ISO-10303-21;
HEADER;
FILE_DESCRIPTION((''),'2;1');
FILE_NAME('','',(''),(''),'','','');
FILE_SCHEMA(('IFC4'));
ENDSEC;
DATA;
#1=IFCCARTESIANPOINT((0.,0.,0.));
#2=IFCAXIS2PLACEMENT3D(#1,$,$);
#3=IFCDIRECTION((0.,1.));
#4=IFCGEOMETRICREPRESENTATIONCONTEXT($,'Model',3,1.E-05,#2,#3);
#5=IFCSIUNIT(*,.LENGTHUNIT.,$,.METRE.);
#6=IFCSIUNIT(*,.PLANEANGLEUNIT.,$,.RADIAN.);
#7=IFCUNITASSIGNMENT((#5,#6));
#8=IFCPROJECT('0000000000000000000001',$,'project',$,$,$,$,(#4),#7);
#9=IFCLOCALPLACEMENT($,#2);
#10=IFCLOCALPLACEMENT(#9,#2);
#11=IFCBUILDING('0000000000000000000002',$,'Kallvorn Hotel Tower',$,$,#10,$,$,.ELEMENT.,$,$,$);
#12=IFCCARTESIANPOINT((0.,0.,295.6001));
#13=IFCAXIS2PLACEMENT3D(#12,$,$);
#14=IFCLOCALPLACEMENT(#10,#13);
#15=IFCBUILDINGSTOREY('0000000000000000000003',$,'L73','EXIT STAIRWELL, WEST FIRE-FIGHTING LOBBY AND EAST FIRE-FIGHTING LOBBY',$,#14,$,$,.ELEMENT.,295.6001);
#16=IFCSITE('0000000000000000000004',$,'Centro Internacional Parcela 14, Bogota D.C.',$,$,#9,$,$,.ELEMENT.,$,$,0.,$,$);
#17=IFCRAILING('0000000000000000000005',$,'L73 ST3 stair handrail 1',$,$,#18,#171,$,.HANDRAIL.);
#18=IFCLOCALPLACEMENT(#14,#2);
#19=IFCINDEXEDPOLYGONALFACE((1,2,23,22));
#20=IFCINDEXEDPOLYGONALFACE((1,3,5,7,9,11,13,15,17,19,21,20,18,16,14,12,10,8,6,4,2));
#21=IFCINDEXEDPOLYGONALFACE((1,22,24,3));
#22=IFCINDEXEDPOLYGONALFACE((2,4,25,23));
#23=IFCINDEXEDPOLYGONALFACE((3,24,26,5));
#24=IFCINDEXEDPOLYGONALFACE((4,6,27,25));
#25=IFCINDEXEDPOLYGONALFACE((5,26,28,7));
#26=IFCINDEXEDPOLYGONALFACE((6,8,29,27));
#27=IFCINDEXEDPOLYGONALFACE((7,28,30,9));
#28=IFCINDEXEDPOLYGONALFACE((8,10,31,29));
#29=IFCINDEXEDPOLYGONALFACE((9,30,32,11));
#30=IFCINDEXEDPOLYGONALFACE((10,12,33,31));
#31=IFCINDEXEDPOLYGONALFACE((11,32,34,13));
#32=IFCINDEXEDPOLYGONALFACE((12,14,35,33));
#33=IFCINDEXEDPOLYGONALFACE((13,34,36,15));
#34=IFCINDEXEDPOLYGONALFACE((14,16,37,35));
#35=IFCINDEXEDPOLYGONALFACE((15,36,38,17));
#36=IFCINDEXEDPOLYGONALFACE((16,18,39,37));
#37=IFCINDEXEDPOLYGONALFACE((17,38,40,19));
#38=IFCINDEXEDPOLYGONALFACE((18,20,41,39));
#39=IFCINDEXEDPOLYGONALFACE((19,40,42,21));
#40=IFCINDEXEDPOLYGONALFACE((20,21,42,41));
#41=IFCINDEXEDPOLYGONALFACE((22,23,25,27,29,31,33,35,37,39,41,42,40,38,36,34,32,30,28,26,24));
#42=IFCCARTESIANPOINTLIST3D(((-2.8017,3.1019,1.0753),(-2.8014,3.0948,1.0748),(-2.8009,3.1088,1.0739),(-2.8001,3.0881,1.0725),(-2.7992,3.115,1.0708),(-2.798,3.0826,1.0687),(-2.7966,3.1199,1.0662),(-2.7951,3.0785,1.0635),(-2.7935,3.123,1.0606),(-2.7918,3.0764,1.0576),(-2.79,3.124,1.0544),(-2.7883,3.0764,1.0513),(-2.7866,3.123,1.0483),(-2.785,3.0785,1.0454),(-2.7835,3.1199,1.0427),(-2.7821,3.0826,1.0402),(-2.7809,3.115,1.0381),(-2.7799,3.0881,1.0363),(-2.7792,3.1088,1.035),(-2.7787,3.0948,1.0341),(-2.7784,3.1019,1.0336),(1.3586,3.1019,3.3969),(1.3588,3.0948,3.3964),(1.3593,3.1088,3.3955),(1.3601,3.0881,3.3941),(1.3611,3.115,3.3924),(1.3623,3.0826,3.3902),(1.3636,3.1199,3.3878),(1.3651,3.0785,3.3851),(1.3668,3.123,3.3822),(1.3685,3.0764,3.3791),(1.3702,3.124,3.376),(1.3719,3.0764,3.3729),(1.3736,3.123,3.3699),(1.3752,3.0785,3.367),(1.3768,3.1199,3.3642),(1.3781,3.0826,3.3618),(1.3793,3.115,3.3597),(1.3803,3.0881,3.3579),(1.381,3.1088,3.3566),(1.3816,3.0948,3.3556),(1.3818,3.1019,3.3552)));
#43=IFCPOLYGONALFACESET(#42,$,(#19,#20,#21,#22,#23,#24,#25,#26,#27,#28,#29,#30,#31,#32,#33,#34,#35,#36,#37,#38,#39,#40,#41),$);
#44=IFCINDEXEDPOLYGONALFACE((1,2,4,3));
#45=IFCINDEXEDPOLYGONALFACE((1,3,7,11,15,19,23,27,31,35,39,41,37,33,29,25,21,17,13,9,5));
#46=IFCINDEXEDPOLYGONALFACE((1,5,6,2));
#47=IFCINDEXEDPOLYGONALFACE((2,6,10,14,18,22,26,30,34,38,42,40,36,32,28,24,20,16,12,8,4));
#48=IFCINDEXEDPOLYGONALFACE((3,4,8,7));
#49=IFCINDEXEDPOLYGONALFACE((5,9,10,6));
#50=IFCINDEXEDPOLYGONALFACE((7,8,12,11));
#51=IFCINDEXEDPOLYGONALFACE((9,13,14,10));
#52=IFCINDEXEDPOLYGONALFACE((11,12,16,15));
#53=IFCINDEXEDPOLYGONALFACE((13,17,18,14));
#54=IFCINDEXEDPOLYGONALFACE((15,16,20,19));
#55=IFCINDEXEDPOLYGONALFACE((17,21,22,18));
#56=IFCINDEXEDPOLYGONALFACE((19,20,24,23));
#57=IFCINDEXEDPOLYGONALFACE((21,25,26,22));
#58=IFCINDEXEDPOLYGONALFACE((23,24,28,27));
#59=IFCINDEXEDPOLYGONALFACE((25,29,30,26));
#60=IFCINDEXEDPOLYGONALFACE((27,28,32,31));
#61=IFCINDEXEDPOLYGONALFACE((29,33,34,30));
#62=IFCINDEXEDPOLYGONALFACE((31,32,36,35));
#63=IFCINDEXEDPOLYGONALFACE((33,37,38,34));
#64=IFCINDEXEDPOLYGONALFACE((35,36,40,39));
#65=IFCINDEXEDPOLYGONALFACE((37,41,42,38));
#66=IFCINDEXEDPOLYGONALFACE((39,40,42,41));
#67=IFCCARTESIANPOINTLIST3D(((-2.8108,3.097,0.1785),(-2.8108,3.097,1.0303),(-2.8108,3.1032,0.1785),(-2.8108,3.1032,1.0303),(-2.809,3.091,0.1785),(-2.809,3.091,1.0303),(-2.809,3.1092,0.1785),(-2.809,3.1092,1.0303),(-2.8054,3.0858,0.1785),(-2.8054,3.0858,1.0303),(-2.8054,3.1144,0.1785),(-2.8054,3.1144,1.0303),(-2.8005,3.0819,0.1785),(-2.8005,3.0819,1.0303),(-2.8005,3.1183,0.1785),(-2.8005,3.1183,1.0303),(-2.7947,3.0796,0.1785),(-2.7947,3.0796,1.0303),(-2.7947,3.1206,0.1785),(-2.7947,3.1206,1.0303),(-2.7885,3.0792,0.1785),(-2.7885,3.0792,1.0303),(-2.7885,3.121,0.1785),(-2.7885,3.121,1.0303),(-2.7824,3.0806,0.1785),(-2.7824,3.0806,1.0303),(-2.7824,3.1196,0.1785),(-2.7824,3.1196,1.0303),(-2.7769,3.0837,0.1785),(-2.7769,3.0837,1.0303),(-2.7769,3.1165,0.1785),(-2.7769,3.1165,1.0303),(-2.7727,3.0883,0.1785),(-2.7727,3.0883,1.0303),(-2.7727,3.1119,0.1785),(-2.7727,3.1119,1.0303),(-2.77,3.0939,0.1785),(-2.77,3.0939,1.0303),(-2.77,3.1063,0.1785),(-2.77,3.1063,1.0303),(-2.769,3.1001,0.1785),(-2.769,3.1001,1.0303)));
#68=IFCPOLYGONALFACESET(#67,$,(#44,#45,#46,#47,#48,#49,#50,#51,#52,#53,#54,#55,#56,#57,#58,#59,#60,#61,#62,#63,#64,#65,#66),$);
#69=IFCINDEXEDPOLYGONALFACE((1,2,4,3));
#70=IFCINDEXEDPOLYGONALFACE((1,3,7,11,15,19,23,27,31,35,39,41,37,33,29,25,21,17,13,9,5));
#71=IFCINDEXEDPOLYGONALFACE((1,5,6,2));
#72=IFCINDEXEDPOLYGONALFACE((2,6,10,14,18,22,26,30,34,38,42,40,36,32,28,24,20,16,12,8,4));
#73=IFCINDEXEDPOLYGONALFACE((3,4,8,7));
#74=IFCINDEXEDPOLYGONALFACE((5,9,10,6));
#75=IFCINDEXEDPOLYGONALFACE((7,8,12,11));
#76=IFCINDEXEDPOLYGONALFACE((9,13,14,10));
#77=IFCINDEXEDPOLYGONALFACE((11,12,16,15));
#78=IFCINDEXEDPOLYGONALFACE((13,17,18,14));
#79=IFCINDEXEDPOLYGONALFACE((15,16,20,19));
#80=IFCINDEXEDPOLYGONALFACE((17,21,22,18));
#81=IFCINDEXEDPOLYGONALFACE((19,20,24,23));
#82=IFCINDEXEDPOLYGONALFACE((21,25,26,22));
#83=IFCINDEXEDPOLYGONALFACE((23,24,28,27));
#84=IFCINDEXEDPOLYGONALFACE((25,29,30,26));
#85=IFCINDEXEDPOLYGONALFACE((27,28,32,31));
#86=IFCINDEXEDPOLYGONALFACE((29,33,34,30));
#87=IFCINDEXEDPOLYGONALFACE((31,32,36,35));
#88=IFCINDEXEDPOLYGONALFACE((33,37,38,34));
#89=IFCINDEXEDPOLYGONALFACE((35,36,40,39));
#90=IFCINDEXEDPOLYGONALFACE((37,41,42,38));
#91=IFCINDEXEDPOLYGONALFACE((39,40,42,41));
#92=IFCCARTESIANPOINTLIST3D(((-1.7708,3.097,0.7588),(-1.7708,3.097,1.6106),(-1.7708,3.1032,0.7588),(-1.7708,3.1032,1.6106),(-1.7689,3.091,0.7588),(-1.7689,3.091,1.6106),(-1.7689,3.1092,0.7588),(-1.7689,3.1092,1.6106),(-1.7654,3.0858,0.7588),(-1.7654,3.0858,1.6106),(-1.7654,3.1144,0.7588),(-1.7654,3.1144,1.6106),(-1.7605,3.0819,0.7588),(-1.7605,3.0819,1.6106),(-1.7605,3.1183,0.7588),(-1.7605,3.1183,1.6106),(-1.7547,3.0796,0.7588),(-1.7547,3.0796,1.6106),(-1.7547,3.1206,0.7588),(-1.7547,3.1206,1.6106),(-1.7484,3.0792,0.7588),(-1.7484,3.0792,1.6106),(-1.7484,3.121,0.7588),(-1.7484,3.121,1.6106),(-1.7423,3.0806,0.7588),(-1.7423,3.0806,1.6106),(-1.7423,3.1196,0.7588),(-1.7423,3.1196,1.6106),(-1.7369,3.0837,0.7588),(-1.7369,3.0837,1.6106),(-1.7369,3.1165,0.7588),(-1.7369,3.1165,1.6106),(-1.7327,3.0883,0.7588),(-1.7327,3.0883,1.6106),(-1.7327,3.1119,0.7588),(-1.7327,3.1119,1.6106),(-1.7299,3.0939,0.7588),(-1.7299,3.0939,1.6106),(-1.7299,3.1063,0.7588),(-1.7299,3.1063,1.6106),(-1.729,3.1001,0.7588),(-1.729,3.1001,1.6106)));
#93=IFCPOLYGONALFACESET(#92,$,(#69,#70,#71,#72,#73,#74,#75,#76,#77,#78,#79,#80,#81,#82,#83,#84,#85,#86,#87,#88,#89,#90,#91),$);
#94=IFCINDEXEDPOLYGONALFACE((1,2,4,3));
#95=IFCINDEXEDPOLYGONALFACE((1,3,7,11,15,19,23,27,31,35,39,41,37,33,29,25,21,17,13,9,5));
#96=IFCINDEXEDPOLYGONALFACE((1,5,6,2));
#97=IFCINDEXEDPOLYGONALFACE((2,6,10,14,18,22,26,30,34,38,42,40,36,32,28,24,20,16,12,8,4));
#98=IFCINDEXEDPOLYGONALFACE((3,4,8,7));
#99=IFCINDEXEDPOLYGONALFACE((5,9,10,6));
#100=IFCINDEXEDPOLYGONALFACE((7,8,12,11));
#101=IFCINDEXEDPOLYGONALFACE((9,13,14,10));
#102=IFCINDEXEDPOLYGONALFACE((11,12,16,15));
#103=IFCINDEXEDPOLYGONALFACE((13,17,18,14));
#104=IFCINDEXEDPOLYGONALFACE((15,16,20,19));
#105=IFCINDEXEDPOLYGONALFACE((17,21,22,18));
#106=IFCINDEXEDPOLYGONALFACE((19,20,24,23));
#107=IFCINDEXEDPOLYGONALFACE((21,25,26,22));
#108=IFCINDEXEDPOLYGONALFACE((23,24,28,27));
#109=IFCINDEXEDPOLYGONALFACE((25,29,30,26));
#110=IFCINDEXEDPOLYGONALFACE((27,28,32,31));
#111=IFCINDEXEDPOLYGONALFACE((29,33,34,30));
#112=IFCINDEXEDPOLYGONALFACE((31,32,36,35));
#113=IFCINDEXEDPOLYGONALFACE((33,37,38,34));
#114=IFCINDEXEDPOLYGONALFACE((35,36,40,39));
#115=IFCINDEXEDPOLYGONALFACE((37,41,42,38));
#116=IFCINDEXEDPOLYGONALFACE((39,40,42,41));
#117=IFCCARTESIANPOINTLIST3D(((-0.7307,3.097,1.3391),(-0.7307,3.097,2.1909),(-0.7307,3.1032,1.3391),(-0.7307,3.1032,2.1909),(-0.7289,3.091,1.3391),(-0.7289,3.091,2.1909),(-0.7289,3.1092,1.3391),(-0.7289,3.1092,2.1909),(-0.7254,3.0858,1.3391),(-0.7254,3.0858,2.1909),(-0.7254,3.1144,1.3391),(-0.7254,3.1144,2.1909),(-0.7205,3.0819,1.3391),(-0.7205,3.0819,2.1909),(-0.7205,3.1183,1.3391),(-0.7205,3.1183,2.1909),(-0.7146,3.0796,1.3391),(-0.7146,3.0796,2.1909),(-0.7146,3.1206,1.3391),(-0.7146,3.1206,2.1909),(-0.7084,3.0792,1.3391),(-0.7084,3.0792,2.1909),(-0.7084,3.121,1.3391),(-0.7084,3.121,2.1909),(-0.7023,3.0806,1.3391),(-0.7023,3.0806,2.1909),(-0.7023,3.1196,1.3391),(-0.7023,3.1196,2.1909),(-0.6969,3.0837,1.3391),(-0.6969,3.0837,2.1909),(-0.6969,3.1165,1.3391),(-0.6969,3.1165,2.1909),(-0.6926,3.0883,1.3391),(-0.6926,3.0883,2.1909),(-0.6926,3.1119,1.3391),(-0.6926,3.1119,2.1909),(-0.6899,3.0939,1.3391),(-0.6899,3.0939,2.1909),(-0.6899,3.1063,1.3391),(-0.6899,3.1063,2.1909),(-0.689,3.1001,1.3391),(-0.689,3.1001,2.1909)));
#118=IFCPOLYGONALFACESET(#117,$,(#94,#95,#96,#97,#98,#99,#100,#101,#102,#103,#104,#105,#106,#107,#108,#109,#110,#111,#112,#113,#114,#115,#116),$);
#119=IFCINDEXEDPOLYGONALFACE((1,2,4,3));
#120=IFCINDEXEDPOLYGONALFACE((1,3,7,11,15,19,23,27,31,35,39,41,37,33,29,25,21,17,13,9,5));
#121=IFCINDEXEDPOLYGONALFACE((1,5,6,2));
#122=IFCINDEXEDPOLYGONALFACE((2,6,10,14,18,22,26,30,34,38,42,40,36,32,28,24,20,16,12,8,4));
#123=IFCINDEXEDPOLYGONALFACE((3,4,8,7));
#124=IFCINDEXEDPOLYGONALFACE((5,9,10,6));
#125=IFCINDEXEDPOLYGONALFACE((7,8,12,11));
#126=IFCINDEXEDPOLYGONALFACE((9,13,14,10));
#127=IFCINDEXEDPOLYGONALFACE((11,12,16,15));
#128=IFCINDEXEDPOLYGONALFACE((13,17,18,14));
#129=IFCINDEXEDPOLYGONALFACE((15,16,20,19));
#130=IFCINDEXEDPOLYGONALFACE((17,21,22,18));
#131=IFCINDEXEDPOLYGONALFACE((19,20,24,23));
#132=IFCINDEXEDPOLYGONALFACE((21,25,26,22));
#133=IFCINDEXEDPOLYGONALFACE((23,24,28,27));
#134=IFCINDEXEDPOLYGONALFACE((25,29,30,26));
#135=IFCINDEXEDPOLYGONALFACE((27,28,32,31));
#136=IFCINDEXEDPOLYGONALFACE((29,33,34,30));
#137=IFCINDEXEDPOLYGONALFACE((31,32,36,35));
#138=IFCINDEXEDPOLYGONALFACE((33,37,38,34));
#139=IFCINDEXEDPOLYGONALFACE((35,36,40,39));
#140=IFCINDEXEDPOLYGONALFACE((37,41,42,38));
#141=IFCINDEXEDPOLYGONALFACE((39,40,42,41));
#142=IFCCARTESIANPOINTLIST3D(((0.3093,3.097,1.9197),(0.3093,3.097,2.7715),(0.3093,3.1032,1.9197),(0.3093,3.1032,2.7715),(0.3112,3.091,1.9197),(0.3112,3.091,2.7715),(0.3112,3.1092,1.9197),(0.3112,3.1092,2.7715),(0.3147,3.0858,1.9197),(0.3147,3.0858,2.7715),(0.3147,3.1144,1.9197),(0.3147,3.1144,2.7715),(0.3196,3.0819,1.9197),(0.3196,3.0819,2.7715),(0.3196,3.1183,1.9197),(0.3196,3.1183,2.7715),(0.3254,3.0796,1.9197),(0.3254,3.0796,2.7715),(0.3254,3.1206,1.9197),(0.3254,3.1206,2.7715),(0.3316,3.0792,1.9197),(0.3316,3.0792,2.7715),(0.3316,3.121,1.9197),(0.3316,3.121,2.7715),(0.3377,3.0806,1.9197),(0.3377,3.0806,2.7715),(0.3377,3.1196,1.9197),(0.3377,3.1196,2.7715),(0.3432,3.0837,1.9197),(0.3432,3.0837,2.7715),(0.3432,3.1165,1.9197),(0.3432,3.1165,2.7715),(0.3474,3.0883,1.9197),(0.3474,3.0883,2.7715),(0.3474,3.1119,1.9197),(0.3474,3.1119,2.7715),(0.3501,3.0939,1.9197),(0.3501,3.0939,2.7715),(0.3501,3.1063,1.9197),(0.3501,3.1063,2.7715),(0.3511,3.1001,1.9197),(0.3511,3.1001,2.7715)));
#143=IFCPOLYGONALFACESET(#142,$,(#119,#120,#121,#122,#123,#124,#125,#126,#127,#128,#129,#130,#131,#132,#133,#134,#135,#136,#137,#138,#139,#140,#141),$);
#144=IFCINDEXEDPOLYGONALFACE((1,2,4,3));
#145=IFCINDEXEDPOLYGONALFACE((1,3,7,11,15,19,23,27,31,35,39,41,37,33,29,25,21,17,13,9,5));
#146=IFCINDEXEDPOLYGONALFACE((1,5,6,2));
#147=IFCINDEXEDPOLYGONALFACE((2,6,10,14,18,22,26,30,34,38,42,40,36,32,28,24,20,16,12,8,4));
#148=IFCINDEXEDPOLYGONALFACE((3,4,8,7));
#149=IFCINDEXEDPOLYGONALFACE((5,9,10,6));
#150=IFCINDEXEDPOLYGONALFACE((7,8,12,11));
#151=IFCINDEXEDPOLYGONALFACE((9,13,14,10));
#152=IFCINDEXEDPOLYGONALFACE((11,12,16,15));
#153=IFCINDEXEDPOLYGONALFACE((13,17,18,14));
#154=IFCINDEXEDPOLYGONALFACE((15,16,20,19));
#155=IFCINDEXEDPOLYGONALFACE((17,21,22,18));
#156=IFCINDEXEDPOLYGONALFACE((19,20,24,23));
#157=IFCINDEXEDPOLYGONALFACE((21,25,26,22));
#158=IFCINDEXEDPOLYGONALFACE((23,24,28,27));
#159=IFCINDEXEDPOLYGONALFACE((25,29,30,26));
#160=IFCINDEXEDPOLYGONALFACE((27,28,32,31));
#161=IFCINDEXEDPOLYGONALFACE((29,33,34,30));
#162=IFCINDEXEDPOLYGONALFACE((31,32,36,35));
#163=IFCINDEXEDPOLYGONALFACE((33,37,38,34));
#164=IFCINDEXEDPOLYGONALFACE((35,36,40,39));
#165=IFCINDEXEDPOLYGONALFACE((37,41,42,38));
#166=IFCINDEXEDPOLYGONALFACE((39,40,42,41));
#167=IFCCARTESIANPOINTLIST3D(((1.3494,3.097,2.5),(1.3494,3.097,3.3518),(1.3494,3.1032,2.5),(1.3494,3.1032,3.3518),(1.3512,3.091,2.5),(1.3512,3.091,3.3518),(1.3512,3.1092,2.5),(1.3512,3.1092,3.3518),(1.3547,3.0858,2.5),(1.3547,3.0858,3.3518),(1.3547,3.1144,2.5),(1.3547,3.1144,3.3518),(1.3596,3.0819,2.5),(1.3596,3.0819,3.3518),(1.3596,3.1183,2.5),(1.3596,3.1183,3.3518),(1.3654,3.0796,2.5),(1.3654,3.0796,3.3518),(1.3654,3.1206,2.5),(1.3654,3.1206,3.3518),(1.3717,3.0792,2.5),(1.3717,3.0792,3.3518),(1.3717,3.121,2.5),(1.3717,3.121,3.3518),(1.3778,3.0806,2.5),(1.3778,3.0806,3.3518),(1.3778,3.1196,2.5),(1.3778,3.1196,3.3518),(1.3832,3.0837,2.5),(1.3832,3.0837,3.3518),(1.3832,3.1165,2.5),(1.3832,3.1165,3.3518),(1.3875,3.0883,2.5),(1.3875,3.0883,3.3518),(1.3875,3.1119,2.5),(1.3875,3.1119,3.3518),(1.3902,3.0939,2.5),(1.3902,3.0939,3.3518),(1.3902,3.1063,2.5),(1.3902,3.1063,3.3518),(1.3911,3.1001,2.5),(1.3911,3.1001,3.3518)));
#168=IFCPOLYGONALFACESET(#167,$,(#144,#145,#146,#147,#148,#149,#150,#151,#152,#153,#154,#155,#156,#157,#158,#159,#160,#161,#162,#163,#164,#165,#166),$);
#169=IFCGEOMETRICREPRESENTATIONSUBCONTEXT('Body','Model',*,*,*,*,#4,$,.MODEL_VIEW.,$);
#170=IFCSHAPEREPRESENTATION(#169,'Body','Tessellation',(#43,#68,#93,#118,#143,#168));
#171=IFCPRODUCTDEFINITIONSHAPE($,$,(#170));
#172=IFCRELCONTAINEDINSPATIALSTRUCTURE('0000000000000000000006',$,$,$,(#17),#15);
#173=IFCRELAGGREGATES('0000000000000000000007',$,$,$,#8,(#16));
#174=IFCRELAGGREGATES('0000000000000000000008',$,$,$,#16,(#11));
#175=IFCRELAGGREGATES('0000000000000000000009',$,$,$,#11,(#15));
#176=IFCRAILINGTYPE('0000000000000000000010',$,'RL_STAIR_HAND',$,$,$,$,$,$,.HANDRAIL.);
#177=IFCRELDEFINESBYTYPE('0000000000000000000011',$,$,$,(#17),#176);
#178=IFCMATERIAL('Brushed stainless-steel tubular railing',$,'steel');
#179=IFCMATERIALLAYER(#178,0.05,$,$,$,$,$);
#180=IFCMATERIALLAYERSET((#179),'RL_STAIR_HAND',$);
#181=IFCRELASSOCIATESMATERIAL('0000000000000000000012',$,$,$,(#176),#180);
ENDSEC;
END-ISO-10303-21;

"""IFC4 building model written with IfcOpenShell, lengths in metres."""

from ifc_helpers import new_model, si_unit, direction, frame, origin, origin_2d, place, context, subcontext, project, spatial, circle, extrude, material, layer, layer_set, type_object, element, save


model = new_model("IFC4")

# Units and contexts
model_context = context("Model", 3, precision=1e-05, world=origin(), true_north=direction((0.0, 1.0)))
body_context = subcontext(model_context, "Body", "Model", "MODEL_VIEW")
ifc_project = project(units=[si_unit("LENGTHUNIT", "METRE"), si_unit("PLANEANGLEUNIT", "RADIAN")], contexts=[model_context])

# Site, building, storey
site_placement = place(None, origin())
site = spatial("IfcSite", under=ifc_project, at=site_placement, Name="Centro Internacional Parcela 14, Bogota D.C.", CompositionType="ELEMENT", RefElevation=0.0)
building_placement = place(site_placement, origin())
building = spatial("IfcBuilding", under=site, at=building_placement, Name="Kallvorn Hotel Tower", CompositionType="ELEMENT")
storey_placement = place(building_placement, frame((0.0, 0.0, 295.6001)))
storey = spatial("IfcBuildingStorey", under=building, at=storey_placement, Name="L73", Description="EXIT STAIRWELL, WEST FIRE-FIGHTING LOBBY AND EAST FIRE-FIGHTING LOBBY", CompositionType="ELEMENT", Elevation=295.6001)

# Railing
ifc_material_1 = material(Name="Brushed stainless-steel tubular railing", Category="steel")
ifc_layer_1 = layer(ifc_material_1, 0.05)
ifc_layer_set_1 = layer_set([ifc_layer_1], Name="RL_STAIR_HAND")
railing_type_1 = type_object("IfcRailingType", Name="RL_STAIR_HAND", PredefinedType="HANDRAIL", material=ifc_layer_set_1)
railing_1_placement = place(storey_placement, frame((-2.79, 3.1001, 0.1785)))
element("IfcRailing", 1, at=railing_1_placement, inside=storey, type_object=railing_type_1, Name="L73 ST3 stair handrail 1", PredefinedType="HANDRAIL", context=body_context, shape_type="SweptSolid", body=[
    extrude(circle(Radius=0.0239, at=origin_2d()), frame((0.0, 0.0, 0.876), z_axis=(0.873235, 0.0, 0.4873), x_axis=(0.0, 1.0, 0.0)), (0.0, 0.0, 1.0), 4.7642),
    extrude(circle(Radius=0.021, at=origin_2d()), origin(), (0.0, 0.0, 1.0), 0.8518),
    extrude(circle(Radius=0.021, at=origin_2d()), frame((1.04, 0.0, 0.5803)), (0.0, 0.0, 1.0), 0.8518),
    extrude(circle(Radius=0.021, at=origin_2d()), frame((2.0801, 0.0, 1.1606)), (0.0, 0.0, 1.0), 0.8518),
    extrude(circle(Radius=0.021, at=origin_2d()), frame((3.1201, 0.0, 1.7412)), (0.0, 0.0, 1.0), 0.8518),
    extrude(circle(Radius=0.021, at=origin_2d()), frame((4.1602, 0.0, 2.3215)), (0.0, 0.0, 1.0), 0.8518),
])

save(model, "model.ifc")
